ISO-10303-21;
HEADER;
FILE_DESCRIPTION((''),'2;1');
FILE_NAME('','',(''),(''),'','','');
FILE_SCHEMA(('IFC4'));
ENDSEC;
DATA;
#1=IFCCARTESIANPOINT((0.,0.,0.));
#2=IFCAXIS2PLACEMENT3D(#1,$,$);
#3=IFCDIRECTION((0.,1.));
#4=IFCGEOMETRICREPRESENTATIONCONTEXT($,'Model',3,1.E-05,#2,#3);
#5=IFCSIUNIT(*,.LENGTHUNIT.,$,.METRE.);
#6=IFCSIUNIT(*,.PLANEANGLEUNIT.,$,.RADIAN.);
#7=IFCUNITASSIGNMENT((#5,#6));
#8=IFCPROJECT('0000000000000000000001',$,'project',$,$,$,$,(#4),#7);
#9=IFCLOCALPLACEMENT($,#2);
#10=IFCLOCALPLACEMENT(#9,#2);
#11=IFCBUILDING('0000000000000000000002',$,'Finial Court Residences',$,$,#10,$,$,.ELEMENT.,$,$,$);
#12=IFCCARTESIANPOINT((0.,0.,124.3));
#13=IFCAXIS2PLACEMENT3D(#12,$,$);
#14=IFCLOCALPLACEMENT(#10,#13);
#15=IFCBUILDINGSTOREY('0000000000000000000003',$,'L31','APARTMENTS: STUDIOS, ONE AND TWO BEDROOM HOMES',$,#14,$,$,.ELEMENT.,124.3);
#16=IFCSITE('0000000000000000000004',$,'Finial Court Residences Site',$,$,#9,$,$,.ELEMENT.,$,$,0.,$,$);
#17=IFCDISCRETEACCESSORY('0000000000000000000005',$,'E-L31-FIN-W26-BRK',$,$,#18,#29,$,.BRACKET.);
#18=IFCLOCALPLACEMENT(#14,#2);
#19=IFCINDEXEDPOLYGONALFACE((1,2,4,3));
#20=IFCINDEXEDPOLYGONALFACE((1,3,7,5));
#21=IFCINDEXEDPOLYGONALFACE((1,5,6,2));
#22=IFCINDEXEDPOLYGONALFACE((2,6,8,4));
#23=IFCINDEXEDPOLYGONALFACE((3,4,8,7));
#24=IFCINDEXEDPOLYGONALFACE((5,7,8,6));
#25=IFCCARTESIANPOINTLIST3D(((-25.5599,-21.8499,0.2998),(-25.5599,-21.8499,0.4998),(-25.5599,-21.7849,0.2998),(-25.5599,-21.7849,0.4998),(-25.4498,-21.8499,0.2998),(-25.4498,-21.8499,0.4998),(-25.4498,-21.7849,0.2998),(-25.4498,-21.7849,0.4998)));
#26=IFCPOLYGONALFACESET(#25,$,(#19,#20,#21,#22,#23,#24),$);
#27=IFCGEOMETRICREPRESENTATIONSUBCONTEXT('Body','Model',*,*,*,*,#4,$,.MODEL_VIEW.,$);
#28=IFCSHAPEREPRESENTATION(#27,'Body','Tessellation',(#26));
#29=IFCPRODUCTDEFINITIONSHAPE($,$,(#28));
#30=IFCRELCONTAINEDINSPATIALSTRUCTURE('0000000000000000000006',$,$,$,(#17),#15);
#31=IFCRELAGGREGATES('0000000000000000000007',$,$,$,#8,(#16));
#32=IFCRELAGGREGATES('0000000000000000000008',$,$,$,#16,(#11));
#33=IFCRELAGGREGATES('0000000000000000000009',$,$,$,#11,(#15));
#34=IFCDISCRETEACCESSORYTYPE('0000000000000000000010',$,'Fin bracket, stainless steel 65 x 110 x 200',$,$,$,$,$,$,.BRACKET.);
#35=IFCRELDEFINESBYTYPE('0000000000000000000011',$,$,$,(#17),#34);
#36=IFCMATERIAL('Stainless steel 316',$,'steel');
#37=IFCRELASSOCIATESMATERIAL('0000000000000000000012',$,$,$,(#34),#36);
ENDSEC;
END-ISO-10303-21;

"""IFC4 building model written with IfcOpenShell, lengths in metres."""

from ifc_helpers import new_model, si_unit, direction, frame, origin, origin_2d, place, context, subcontext, project, spatial, rectangle, extrude, material, type_object, element, save


model = new_model("IFC4")

# Units and contexts
model_context = context("Model", 3, precision=1e-05, world=origin(), true_north=direction((0.0, 1.0)))
body_context = subcontext(model_context, "Body", "Model", "MODEL_VIEW")
ifc_project = project(units=[si_unit("LENGTHUNIT", "METRE"), si_unit("PLANEANGLEUNIT", "RADIAN")], contexts=[model_context])

# Site, building, storey
site_placement = place(None, origin())
site = spatial("IfcSite", under=ifc_project, at=site_placement, Name="Finial Court Residences Site", CompositionType="ELEMENT", RefElevation=0.0)
building_placement = place(site_placement, origin())
building = spatial("IfcBuilding", under=site, at=building_placement, Name="Finial Court Residences", CompositionType="ELEMENT")
storey_placement = place(building_placement, frame((0.0, 0.0, 124.3)))
storey = spatial("IfcBuildingStorey", under=building, at=storey_placement, Name="L31", Description="APARTMENTS: STUDIOS, ONE AND TWO BEDROOM HOMES", CompositionType="ELEMENT", Elevation=124.3)

# Discrete accessory
ifc_material_1 = material(Name="Stainless steel 316", Category="steel")
discrete_accessory_type = type_object("IfcDiscreteAccessoryType", Name="Fin bracket, stainless steel 65 x 110 x 200", PredefinedType="BRACKET", material=ifc_material_1)
discrete_accessory_placement = place(storey_placement, frame((-25.5049, -21.8174, 0.2998), z_axis=(0.0, 0.0, 1.0), x_axis=(1.0, 0.0, 0.0)))
element("IfcDiscreteAccessory", 1, at=discrete_accessory_placement, inside=storey, type_object=discrete_accessory_type, Name="E-L31-FIN-W26-BRK", PredefinedType="BRACKET", context=body_context, shape_type="SweptSolid", body=[
    extrude(rectangle(XDim=0.1101, YDim=0.0649, at=origin_2d()), origin(), (0.0, 0.0, 1.0), 0.2),
])

save(model, "model.ifc")
